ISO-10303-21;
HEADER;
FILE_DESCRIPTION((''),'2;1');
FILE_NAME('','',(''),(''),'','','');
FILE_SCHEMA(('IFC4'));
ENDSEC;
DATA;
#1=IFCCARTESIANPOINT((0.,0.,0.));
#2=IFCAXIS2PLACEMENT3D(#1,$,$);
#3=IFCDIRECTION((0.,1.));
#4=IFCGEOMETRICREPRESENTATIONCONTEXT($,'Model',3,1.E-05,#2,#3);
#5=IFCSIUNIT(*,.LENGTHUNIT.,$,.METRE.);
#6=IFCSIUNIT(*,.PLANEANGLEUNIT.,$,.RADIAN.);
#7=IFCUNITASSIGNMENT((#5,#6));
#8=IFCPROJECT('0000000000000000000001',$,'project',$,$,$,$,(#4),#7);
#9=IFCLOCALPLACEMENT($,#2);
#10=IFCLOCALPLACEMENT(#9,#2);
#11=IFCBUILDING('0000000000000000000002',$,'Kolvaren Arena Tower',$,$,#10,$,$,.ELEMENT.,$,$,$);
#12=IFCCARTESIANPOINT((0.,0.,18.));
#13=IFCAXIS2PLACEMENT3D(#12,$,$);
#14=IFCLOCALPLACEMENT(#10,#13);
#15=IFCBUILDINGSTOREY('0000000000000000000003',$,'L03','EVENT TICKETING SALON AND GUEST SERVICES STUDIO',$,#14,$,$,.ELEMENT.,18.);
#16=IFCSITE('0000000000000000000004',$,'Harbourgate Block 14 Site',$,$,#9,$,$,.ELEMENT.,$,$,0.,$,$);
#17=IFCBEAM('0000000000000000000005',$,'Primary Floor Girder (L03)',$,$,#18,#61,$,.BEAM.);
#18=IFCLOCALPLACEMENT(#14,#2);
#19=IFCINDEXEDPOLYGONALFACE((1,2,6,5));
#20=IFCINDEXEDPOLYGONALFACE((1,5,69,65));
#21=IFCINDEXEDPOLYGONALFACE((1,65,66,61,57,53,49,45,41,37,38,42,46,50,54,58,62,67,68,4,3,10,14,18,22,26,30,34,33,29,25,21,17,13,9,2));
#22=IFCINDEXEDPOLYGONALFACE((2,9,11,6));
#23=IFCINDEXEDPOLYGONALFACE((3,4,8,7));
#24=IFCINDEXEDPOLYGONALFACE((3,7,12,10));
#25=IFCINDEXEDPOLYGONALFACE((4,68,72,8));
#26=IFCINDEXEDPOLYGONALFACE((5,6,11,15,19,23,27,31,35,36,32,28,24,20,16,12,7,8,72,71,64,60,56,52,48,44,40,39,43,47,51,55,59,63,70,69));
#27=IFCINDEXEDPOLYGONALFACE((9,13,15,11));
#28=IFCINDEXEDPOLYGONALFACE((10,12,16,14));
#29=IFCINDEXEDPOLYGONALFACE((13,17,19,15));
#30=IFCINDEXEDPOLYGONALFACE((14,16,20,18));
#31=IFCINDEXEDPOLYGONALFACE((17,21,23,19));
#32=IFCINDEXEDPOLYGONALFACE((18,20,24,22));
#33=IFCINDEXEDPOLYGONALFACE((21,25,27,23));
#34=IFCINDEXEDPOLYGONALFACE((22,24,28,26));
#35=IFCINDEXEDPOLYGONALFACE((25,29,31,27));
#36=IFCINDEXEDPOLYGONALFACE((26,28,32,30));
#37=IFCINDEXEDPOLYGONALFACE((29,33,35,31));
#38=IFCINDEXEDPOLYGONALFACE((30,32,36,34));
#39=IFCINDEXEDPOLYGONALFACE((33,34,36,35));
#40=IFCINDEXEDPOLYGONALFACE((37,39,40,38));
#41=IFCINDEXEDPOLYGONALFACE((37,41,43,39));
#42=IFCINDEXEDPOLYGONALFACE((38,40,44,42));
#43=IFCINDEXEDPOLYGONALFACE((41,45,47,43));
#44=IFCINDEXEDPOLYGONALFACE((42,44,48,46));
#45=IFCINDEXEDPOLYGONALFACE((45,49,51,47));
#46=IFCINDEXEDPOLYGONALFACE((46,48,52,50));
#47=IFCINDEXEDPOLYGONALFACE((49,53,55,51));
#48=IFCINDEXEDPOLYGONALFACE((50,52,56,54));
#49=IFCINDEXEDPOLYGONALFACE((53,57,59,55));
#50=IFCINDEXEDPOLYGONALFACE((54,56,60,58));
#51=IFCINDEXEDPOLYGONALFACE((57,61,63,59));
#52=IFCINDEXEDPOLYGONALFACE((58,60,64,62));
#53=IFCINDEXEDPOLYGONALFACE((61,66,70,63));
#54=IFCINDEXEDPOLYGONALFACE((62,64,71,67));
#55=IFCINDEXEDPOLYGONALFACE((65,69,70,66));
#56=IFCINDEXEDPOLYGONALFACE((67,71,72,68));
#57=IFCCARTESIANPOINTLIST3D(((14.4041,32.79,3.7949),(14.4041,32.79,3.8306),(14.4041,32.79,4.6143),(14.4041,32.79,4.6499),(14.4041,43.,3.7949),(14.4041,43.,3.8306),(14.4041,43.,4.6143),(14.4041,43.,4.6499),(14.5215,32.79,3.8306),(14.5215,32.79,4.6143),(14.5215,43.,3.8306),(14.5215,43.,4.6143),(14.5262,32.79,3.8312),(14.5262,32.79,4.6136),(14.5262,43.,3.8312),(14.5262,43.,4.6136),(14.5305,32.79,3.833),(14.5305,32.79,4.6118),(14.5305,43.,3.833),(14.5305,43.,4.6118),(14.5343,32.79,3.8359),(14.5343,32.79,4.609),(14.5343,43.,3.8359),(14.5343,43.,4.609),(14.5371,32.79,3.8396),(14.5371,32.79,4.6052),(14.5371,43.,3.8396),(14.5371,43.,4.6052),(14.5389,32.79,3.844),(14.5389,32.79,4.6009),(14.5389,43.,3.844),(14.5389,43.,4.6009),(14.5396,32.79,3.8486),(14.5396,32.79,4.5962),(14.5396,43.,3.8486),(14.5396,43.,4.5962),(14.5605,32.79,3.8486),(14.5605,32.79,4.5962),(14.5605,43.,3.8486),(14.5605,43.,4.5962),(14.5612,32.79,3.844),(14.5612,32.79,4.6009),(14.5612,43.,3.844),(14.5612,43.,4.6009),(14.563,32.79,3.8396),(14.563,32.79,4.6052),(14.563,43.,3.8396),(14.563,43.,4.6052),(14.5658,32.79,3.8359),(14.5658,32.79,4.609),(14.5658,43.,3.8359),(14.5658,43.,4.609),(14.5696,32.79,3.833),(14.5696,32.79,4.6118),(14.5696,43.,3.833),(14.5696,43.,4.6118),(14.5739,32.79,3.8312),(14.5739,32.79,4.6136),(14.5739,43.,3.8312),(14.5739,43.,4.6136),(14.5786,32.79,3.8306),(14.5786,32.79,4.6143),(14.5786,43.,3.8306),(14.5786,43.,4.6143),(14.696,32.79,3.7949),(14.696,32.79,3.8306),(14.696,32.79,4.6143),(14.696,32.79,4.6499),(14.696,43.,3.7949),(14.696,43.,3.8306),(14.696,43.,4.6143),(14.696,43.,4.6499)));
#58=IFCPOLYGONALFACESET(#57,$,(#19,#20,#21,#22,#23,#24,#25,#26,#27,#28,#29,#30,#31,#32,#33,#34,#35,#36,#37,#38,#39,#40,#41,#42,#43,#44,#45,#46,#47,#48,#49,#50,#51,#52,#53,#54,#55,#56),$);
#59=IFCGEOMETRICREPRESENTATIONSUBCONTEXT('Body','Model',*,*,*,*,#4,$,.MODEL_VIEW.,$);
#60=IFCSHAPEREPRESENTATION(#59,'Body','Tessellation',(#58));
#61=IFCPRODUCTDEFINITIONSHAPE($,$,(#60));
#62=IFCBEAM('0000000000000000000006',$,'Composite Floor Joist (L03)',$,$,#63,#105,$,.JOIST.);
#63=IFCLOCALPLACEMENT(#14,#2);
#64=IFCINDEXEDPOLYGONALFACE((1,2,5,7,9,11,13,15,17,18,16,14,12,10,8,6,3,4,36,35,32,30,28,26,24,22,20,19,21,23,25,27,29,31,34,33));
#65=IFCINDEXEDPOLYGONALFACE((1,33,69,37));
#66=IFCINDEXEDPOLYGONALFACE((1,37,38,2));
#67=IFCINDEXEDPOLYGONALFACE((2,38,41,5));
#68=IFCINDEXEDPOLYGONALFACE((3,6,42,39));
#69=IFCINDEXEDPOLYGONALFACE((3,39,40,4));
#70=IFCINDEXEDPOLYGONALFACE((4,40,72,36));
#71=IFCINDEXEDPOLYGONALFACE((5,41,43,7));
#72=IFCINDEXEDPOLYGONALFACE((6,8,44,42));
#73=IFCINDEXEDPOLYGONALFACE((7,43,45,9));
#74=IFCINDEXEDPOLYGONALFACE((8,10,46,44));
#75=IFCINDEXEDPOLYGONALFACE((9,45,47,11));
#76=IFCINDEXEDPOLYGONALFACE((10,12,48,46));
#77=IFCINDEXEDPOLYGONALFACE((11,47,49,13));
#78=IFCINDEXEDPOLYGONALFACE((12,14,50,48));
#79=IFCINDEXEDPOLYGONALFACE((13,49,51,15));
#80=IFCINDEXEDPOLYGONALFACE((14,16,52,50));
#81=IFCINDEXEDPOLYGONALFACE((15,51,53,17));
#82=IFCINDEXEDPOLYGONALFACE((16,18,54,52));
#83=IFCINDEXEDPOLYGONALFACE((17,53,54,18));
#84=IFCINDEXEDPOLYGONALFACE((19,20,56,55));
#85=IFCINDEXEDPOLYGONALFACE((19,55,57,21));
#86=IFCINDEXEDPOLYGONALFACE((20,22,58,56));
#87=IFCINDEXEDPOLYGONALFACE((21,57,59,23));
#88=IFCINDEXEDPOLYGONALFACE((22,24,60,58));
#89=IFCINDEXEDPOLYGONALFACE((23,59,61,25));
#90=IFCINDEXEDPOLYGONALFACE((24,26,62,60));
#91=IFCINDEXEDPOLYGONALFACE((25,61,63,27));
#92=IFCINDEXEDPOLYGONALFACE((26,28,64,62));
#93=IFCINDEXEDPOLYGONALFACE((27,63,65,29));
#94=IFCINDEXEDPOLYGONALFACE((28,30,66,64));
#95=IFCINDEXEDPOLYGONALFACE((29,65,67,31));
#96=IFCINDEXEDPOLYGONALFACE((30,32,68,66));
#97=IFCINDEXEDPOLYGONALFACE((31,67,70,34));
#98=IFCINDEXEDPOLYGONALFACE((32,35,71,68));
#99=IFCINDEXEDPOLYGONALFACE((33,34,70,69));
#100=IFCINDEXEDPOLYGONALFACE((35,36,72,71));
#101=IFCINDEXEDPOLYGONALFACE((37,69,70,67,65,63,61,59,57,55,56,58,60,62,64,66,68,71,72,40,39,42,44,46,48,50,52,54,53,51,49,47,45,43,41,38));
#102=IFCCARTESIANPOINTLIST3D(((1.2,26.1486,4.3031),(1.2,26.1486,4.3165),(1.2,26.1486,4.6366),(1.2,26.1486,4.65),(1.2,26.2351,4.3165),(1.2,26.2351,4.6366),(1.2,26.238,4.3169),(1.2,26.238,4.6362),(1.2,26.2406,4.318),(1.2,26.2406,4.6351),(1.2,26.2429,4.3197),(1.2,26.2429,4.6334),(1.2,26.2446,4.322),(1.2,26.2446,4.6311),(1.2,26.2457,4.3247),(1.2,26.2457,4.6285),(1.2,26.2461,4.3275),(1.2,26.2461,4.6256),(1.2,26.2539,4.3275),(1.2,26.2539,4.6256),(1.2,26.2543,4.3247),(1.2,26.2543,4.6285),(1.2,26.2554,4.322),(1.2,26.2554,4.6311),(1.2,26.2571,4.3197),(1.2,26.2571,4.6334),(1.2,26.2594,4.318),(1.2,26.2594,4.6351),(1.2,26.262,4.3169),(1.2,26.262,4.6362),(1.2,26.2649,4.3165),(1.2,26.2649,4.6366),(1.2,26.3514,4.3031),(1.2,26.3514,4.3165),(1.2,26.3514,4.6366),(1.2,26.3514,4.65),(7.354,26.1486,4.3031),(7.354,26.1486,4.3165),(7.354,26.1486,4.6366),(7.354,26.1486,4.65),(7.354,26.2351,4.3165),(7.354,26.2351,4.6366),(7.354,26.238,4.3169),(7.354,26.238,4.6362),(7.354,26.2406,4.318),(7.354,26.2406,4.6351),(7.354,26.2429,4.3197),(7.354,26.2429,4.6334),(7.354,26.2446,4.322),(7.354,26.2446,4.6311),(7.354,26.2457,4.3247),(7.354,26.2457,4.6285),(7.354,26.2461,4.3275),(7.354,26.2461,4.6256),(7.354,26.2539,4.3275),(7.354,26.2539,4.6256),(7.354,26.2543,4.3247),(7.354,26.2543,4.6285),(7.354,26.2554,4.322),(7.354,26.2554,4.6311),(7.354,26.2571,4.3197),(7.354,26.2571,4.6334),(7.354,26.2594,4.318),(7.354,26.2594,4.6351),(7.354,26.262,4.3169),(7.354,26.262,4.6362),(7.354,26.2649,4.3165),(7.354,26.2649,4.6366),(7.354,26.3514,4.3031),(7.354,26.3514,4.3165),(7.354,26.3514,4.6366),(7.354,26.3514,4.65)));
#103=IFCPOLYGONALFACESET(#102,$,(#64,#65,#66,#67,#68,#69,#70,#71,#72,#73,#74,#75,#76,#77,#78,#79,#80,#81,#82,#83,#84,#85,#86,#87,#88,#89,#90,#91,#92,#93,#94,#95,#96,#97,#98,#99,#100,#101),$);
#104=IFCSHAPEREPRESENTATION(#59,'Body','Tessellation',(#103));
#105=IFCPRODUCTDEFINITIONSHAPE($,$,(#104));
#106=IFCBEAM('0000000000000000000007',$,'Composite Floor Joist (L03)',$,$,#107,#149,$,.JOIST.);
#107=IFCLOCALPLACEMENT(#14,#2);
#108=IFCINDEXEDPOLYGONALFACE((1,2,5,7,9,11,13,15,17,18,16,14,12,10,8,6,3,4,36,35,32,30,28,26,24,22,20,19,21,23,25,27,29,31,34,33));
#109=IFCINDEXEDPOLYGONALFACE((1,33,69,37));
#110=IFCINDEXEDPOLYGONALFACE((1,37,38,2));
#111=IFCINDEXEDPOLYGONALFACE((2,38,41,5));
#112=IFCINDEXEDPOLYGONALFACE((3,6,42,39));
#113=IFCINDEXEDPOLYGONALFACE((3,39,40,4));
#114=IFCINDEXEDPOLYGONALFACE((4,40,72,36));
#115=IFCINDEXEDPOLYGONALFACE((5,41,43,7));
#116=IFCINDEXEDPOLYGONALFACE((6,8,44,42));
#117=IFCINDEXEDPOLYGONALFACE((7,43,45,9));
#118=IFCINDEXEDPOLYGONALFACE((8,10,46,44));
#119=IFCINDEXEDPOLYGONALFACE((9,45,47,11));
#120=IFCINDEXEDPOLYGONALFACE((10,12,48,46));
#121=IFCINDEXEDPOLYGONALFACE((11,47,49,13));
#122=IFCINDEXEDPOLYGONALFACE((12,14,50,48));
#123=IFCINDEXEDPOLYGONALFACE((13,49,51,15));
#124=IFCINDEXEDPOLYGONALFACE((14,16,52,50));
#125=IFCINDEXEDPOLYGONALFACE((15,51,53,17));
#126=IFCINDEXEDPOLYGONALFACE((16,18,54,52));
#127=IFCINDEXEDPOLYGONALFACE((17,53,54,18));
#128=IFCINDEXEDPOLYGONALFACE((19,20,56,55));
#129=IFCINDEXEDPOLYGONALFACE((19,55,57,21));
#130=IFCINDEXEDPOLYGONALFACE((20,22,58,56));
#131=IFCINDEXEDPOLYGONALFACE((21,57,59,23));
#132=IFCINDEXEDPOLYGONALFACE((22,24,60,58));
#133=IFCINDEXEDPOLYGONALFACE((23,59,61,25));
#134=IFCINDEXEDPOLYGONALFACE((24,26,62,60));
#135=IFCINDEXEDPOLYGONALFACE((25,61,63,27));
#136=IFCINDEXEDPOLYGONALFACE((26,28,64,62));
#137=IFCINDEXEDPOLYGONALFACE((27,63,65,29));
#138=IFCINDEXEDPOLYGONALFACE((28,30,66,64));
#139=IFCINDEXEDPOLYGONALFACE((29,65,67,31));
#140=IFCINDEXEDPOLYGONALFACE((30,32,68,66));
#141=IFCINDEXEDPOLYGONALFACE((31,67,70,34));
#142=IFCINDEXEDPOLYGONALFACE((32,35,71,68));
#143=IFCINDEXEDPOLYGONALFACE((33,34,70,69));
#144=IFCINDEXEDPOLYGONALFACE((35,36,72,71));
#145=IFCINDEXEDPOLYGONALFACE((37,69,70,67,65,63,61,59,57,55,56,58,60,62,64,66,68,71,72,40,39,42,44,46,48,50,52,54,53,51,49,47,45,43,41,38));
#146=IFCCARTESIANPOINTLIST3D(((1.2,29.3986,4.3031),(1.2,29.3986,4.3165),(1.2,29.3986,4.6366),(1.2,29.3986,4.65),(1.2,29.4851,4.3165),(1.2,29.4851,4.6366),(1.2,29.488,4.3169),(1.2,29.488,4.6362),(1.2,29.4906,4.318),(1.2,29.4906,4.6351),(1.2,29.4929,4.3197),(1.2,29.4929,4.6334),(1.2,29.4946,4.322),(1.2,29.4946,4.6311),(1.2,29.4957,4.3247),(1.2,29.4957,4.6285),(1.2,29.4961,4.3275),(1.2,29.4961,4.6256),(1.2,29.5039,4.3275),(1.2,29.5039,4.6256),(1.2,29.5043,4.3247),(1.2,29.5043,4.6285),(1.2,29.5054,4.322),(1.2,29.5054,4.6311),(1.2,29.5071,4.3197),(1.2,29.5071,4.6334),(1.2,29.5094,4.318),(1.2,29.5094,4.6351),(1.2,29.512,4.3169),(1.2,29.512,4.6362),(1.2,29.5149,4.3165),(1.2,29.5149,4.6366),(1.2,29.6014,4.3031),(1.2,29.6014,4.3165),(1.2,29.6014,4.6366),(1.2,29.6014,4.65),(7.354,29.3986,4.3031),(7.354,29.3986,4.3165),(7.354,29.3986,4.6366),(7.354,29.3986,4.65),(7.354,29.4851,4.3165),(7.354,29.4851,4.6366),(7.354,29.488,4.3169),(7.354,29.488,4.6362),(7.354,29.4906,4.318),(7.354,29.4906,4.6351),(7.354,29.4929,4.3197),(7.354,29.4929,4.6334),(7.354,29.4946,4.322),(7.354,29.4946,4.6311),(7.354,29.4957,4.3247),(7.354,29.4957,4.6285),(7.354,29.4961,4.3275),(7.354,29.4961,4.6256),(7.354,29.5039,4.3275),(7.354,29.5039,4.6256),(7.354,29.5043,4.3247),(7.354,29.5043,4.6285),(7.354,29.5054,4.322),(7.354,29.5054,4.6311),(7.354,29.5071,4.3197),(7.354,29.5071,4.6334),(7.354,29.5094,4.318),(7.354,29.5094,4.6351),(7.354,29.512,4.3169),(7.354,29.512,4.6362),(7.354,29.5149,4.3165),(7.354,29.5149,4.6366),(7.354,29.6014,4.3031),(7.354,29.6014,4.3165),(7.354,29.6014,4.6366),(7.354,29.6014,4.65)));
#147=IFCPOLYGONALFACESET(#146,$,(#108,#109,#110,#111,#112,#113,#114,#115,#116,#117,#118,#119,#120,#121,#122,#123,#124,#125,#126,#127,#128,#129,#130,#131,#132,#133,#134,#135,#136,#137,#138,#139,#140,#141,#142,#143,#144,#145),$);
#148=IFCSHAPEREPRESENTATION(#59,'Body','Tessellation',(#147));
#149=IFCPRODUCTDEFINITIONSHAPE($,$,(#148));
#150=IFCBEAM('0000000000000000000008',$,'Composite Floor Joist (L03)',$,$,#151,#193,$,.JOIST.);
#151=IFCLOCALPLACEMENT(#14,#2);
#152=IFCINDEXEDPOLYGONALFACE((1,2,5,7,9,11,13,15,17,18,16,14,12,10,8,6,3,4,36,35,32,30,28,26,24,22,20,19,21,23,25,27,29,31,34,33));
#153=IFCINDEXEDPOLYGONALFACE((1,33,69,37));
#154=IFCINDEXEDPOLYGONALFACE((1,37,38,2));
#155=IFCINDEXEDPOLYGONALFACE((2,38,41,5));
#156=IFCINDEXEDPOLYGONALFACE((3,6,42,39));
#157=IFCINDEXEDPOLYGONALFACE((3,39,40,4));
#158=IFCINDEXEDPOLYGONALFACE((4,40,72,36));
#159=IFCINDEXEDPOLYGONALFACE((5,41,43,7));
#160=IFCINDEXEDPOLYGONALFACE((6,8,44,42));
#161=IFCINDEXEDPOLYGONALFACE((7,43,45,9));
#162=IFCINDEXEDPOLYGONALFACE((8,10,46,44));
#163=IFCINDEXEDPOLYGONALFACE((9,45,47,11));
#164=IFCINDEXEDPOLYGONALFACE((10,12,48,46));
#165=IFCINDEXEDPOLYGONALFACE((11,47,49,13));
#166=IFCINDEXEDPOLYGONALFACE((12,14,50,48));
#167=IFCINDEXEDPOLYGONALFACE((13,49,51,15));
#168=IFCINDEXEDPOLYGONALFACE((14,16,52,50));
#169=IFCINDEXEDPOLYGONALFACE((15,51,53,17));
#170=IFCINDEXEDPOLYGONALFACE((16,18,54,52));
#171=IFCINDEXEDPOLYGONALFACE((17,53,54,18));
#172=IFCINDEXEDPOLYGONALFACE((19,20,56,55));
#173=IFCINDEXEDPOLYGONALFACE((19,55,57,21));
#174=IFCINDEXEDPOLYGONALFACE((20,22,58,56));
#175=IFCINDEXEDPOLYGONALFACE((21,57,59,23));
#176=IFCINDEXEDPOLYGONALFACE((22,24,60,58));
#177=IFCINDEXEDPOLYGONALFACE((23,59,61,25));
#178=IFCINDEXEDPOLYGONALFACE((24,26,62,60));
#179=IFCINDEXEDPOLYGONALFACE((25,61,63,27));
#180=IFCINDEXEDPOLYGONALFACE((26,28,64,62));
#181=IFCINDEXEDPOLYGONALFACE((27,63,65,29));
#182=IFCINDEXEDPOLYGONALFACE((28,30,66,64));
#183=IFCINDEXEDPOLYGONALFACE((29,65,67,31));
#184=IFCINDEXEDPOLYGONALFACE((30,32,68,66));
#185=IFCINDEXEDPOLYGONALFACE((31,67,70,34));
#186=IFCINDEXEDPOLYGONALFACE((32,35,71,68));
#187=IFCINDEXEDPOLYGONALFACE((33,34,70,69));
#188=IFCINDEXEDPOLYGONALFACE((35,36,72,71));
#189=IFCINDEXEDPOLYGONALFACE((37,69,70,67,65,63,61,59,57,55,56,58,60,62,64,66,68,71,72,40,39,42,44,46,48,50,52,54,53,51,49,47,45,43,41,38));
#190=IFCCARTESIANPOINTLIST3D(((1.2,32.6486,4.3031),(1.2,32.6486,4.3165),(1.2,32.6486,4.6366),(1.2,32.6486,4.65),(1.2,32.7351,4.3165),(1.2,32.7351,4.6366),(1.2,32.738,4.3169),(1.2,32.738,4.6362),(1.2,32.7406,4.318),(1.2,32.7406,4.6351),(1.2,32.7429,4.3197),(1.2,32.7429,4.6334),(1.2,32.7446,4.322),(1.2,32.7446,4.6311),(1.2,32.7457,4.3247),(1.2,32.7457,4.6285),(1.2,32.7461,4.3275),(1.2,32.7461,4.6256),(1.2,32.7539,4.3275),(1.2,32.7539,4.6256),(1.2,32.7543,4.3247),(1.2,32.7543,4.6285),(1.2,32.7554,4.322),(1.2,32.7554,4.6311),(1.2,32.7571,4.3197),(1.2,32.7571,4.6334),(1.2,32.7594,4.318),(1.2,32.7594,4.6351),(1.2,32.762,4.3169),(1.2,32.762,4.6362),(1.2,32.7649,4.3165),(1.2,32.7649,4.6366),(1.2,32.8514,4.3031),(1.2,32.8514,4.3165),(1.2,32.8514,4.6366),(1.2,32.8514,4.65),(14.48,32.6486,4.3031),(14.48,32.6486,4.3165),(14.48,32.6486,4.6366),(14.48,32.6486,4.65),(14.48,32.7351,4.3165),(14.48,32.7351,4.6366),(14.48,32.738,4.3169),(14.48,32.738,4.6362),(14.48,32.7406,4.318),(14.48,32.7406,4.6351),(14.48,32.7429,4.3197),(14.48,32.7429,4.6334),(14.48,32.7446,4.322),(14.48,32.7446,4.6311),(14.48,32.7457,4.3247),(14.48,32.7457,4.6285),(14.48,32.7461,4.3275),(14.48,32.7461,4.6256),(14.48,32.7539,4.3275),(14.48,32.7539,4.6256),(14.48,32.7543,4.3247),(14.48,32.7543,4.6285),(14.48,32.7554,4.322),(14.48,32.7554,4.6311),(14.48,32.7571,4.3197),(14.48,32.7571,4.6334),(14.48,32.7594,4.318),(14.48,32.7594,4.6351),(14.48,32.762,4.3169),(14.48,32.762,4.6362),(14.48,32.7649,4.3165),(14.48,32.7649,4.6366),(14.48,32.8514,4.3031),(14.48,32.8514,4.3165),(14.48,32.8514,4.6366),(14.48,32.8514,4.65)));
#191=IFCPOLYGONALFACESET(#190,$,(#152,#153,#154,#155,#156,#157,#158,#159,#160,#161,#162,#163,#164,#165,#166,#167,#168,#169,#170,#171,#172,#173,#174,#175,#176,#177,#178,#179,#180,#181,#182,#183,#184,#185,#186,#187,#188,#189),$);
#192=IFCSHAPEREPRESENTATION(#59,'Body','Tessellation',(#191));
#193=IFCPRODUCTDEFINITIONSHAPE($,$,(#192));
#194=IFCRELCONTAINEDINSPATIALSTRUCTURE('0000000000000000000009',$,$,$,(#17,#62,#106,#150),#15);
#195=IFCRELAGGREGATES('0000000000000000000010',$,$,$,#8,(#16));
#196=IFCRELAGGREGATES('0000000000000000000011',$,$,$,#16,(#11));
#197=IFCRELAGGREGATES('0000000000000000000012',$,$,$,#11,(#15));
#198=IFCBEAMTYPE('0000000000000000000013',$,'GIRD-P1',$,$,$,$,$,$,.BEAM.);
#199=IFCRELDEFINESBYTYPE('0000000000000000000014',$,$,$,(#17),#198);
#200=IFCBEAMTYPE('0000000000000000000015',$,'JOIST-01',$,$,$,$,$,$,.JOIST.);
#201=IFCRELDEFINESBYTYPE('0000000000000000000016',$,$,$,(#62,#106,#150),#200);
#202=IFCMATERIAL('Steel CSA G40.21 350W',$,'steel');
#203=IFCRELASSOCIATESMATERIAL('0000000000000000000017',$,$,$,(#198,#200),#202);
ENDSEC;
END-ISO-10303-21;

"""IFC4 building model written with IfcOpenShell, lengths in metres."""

from ifc_helpers import new_model, si_unit, direction, frame, origin, origin_2d, place, context, subcontext, project, spatial, i_section, extrude, material, material_profile, profile_set, type_object, element, save


model = new_model("IFC4")

# Units and contexts
model_context = context("Model", 3, precision=1e-05, world=origin(), true_north=direction((0.0, 1.0)))
body_context = subcontext(model_context, "Body", "Model", "MODEL_VIEW")
ifc_project = project(units=[si_unit("LENGTHUNIT", "METRE"), si_unit("PLANEANGLEUNIT", "RADIAN")], contexts=[model_context])

# Site, building, storey
site_placement = place(None, origin())
site = spatial("IfcSite", under=ifc_project, at=site_placement, Name="Harbourgate Block 14 Site", CompositionType="ELEMENT", RefElevation=0.0)
building_placement = place(site_placement, origin())
building = spatial("IfcBuilding", under=site, at=building_placement, Name="Kolvaren Arena Tower", CompositionType="ELEMENT")
storey_placement = place(building_placement, frame((0.0, 0.0, 18.0)))
storey = spatial("IfcBuildingStorey", under=building, at=storey_placement, Name="L03", Description="EVENT TICKETING SALON AND GUEST SERVICES STUDIO", CompositionType="ELEMENT", Elevation=18.0)

# Beams
ifc_material_1 = material(Name="Steel CSA G40.21 350W", Category="steel")
ifc_material_profile_1 = material_profile(ifc_material_1, i_section(OverallWidth=0.292, OverallDepth=0.855, WebThickness=0.021, FlangeThickness=0.0356, FilletRadius=0.0181, at=origin_2d()), Name="W840x299")
ifc_profile_set_1 = profile_set([ifc_material_profile_1], Name="Steel CSA G40.21 350W")
beam_type_1 = type_object("IfcBeamType", Name="GIRD-P1", PredefinedType="BEAM", material=ifc_profile_set_1)
beam_1_placement = place(storey_placement, frame((14.55, 32.79, 4.2224), z_axis=(0.0, 1.0, 0.0), x_axis=(-1.0, 0.0, 0.0)))
element("IfcBeam", 1, at=beam_1_placement, inside=storey, type_object=beam_type_1, Name="Primary Floor Girder (L03)", PredefinedType="BEAM", context=body_context, shape_type="SweptSolid", body=[
    extrude(i_section(OverallWidth=0.292, OverallDepth=0.855, WebThickness=0.021, FlangeThickness=0.0356, FilletRadius=0.0181, at=origin_2d()), origin(), (0.0, 0.0, 1.0), 10.21),
])
ifc_material_profile_2 = material_profile(ifc_material_1, i_section(OverallWidth=0.2029, OverallDepth=0.3469, WebThickness=0.0078, FlangeThickness=0.0134, FilletRadius=0.011, at=origin_2d()), Name="W360x64")
ifc_profile_set_2 = profile_set([ifc_material_profile_2], Name="Steel CSA G40.21 350W")
beam_type_2 = type_object("IfcBeamType", Name="JOIST-01", PredefinedType="JOIST", material=ifc_profile_set_2)
for number, where, z_axis, x_axis, name in (
    (2, (1.2, 26.25, 4.4766), (1.0, 0.0, 0.0), (0.0, 1.0, 0.0), "Composite Floor Joist (L03)"),
    (3, (1.2, 29.5, 4.4766), (1.0, 0.0, 0.0), (0.0, 1.0, 0.0), "Composite Floor Joist (L03)"),
):
    element("IfcBeam", number, at=place(storey_placement, frame(where, z_axis=z_axis, x_axis=x_axis)), inside=storey, type_object=beam_type_2, Name=name, PredefinedType="JOIST", context=body_context, shape_type="SweptSolid", body=[
        extrude(i_section(OverallWidth=0.2029, OverallDepth=0.3469, WebThickness=0.0078, FlangeThickness=0.0134, FilletRadius=0.011, at=origin_2d()), origin(), (0.0, 0.0, 1.0), 6.1541),
    ])
beam_2_placement = place(storey_placement, frame((1.2, 32.75, 4.4766), z_axis=(1.0, 0.0, 0.0), x_axis=(0.0, 1.0, 0.0)))
element("IfcBeam", 4, at=beam_2_placement, inside=storey, type_object=beam_type_2, Name="Composite Floor Joist (L03)", PredefinedType="JOIST", context=body_context, shape_type="SweptSolid", body=[
    extrude(i_section(OverallWidth=0.2029, OverallDepth=0.3469, WebThickness=0.0078, FlangeThickness=0.0134, FilletRadius=0.011, at=origin_2d()), origin(), (0.0, 0.0, 1.0), 13.28),
])

save(model, "model.ifc")
